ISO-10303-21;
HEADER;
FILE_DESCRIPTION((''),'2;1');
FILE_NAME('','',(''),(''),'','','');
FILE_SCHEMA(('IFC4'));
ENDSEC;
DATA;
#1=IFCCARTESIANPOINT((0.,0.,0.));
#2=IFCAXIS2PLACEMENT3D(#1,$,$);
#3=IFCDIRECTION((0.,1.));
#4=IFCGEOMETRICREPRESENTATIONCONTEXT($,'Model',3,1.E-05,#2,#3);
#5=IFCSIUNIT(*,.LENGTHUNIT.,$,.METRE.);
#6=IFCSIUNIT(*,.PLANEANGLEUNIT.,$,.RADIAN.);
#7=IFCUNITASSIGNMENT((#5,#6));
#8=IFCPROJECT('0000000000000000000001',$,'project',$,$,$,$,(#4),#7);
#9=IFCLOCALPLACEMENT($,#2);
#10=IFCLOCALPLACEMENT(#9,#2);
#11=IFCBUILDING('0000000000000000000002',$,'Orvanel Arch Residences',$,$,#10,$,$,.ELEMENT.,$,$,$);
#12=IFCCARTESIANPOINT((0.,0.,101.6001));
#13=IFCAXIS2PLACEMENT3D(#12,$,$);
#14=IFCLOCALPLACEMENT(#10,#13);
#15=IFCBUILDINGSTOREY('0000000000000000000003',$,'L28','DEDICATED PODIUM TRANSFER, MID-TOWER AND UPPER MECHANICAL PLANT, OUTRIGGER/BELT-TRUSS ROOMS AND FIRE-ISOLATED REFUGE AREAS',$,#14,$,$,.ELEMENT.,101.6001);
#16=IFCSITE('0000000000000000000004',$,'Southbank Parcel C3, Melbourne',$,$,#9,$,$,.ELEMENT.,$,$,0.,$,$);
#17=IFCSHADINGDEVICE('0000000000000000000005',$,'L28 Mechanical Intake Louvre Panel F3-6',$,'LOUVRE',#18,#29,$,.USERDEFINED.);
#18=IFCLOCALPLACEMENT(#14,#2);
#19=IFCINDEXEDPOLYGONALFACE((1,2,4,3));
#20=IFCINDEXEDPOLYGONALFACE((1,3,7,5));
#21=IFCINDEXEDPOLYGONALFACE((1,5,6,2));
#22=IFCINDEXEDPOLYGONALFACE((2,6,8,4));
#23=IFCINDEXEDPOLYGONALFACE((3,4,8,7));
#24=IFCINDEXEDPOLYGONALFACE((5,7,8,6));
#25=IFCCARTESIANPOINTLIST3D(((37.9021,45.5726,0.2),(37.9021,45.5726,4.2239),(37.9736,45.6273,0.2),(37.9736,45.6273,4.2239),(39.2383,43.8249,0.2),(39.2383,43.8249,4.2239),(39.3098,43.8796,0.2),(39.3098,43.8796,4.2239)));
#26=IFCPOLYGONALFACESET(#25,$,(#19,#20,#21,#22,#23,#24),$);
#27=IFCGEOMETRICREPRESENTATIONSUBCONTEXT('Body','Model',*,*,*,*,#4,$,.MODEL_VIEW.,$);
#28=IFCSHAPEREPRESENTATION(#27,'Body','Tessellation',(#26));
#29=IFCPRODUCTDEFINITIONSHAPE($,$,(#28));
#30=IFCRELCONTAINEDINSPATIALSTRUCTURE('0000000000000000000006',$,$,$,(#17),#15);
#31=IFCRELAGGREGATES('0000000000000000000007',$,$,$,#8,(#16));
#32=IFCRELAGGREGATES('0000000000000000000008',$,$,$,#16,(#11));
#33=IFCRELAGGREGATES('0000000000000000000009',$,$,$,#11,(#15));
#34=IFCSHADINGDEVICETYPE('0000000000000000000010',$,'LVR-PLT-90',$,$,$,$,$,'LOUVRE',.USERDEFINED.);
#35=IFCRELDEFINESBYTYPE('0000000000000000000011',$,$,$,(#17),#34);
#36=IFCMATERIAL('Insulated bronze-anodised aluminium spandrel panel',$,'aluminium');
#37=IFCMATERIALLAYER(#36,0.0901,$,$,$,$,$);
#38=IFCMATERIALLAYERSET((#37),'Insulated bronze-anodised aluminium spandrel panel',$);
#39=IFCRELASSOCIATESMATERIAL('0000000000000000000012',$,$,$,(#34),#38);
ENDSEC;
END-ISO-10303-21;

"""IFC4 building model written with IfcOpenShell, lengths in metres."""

from ifc_helpers import new_model, si_unit, direction, frame, origin, origin_2d, place, context, subcontext, project, spatial, rectangle, extrude, material, layer, layer_set, type_object, element, save


model = new_model("IFC4")

# Units and contexts
model_context = context("Model", 3, precision=1e-05, world=origin(), true_north=direction((0.0, 1.0)))
body_context = subcontext(model_context, "Body", "Model", "MODEL_VIEW")
ifc_project = project(units=[si_unit("LENGTHUNIT", "METRE"), si_unit("PLANEANGLEUNIT", "RADIAN")], contexts=[model_context])

# Site, building, storey
site_placement = place(None, origin())
site = spatial("IfcSite", under=ifc_project, at=site_placement, Name="Southbank Parcel C3, Melbourne", CompositionType="ELEMENT", RefElevation=0.0)
building_placement = place(site_placement, origin())
building = spatial("IfcBuilding", under=site, at=building_placement, Name="Orvanel Arch Residences", CompositionType="ELEMENT")
storey_placement = place(building_placement, frame((0.0, 0.0, 101.6001)))
storey = spatial("IfcBuildingStorey", under=building, at=storey_placement, Name="L28", Description="DEDICATED PODIUM TRANSFER, MID-TOWER AND UPPER MECHANICAL PLANT, OUTRIGGER/BELT-TRUSS ROOMS AND FIRE-ISOLATED REFUGE AREAS", CompositionType="ELEMENT", Elevation=101.6001)

# Shading device
ifc_material_1 = material(Name="Insulated bronze-anodised aluminium spandrel panel", Category="aluminium")
ifc_layer_1 = layer(ifc_material_1, 0.0901)
ifc_layer_set_1 = layer_set([ifc_layer_1], Name="Insulated bronze-anodised aluminium spandrel panel")
shading_device_type = type_object("IfcShadingDeviceType", Name="LVR-PLT-90", ElementType="LOUVRE", PredefinedType="USERDEFINED", material=ifc_layer_set_1)
shading_device_placement = place(storey_placement, frame((38.606, 44.7261, 0.2), z_axis=(0.0, 0.0, 1.0), x_axis=(-0.607376, 0.794415, 0.0)))
element("IfcShadingDevice", 1, at=shading_device_placement, inside=storey, type_object=shading_device_type, Name="L28 Mechanical Intake Louvre Panel F3-6", ObjectType="LOUVRE", PredefinedType="USERDEFINED", context=body_context, shape_type="SweptSolid", body=[
    extrude(rectangle(XDim=2.2, YDim=0.0901, at=origin_2d()), origin(), (0.0, 0.0, 1.0), 4.0239),
])

save(model, "model.ifc")
